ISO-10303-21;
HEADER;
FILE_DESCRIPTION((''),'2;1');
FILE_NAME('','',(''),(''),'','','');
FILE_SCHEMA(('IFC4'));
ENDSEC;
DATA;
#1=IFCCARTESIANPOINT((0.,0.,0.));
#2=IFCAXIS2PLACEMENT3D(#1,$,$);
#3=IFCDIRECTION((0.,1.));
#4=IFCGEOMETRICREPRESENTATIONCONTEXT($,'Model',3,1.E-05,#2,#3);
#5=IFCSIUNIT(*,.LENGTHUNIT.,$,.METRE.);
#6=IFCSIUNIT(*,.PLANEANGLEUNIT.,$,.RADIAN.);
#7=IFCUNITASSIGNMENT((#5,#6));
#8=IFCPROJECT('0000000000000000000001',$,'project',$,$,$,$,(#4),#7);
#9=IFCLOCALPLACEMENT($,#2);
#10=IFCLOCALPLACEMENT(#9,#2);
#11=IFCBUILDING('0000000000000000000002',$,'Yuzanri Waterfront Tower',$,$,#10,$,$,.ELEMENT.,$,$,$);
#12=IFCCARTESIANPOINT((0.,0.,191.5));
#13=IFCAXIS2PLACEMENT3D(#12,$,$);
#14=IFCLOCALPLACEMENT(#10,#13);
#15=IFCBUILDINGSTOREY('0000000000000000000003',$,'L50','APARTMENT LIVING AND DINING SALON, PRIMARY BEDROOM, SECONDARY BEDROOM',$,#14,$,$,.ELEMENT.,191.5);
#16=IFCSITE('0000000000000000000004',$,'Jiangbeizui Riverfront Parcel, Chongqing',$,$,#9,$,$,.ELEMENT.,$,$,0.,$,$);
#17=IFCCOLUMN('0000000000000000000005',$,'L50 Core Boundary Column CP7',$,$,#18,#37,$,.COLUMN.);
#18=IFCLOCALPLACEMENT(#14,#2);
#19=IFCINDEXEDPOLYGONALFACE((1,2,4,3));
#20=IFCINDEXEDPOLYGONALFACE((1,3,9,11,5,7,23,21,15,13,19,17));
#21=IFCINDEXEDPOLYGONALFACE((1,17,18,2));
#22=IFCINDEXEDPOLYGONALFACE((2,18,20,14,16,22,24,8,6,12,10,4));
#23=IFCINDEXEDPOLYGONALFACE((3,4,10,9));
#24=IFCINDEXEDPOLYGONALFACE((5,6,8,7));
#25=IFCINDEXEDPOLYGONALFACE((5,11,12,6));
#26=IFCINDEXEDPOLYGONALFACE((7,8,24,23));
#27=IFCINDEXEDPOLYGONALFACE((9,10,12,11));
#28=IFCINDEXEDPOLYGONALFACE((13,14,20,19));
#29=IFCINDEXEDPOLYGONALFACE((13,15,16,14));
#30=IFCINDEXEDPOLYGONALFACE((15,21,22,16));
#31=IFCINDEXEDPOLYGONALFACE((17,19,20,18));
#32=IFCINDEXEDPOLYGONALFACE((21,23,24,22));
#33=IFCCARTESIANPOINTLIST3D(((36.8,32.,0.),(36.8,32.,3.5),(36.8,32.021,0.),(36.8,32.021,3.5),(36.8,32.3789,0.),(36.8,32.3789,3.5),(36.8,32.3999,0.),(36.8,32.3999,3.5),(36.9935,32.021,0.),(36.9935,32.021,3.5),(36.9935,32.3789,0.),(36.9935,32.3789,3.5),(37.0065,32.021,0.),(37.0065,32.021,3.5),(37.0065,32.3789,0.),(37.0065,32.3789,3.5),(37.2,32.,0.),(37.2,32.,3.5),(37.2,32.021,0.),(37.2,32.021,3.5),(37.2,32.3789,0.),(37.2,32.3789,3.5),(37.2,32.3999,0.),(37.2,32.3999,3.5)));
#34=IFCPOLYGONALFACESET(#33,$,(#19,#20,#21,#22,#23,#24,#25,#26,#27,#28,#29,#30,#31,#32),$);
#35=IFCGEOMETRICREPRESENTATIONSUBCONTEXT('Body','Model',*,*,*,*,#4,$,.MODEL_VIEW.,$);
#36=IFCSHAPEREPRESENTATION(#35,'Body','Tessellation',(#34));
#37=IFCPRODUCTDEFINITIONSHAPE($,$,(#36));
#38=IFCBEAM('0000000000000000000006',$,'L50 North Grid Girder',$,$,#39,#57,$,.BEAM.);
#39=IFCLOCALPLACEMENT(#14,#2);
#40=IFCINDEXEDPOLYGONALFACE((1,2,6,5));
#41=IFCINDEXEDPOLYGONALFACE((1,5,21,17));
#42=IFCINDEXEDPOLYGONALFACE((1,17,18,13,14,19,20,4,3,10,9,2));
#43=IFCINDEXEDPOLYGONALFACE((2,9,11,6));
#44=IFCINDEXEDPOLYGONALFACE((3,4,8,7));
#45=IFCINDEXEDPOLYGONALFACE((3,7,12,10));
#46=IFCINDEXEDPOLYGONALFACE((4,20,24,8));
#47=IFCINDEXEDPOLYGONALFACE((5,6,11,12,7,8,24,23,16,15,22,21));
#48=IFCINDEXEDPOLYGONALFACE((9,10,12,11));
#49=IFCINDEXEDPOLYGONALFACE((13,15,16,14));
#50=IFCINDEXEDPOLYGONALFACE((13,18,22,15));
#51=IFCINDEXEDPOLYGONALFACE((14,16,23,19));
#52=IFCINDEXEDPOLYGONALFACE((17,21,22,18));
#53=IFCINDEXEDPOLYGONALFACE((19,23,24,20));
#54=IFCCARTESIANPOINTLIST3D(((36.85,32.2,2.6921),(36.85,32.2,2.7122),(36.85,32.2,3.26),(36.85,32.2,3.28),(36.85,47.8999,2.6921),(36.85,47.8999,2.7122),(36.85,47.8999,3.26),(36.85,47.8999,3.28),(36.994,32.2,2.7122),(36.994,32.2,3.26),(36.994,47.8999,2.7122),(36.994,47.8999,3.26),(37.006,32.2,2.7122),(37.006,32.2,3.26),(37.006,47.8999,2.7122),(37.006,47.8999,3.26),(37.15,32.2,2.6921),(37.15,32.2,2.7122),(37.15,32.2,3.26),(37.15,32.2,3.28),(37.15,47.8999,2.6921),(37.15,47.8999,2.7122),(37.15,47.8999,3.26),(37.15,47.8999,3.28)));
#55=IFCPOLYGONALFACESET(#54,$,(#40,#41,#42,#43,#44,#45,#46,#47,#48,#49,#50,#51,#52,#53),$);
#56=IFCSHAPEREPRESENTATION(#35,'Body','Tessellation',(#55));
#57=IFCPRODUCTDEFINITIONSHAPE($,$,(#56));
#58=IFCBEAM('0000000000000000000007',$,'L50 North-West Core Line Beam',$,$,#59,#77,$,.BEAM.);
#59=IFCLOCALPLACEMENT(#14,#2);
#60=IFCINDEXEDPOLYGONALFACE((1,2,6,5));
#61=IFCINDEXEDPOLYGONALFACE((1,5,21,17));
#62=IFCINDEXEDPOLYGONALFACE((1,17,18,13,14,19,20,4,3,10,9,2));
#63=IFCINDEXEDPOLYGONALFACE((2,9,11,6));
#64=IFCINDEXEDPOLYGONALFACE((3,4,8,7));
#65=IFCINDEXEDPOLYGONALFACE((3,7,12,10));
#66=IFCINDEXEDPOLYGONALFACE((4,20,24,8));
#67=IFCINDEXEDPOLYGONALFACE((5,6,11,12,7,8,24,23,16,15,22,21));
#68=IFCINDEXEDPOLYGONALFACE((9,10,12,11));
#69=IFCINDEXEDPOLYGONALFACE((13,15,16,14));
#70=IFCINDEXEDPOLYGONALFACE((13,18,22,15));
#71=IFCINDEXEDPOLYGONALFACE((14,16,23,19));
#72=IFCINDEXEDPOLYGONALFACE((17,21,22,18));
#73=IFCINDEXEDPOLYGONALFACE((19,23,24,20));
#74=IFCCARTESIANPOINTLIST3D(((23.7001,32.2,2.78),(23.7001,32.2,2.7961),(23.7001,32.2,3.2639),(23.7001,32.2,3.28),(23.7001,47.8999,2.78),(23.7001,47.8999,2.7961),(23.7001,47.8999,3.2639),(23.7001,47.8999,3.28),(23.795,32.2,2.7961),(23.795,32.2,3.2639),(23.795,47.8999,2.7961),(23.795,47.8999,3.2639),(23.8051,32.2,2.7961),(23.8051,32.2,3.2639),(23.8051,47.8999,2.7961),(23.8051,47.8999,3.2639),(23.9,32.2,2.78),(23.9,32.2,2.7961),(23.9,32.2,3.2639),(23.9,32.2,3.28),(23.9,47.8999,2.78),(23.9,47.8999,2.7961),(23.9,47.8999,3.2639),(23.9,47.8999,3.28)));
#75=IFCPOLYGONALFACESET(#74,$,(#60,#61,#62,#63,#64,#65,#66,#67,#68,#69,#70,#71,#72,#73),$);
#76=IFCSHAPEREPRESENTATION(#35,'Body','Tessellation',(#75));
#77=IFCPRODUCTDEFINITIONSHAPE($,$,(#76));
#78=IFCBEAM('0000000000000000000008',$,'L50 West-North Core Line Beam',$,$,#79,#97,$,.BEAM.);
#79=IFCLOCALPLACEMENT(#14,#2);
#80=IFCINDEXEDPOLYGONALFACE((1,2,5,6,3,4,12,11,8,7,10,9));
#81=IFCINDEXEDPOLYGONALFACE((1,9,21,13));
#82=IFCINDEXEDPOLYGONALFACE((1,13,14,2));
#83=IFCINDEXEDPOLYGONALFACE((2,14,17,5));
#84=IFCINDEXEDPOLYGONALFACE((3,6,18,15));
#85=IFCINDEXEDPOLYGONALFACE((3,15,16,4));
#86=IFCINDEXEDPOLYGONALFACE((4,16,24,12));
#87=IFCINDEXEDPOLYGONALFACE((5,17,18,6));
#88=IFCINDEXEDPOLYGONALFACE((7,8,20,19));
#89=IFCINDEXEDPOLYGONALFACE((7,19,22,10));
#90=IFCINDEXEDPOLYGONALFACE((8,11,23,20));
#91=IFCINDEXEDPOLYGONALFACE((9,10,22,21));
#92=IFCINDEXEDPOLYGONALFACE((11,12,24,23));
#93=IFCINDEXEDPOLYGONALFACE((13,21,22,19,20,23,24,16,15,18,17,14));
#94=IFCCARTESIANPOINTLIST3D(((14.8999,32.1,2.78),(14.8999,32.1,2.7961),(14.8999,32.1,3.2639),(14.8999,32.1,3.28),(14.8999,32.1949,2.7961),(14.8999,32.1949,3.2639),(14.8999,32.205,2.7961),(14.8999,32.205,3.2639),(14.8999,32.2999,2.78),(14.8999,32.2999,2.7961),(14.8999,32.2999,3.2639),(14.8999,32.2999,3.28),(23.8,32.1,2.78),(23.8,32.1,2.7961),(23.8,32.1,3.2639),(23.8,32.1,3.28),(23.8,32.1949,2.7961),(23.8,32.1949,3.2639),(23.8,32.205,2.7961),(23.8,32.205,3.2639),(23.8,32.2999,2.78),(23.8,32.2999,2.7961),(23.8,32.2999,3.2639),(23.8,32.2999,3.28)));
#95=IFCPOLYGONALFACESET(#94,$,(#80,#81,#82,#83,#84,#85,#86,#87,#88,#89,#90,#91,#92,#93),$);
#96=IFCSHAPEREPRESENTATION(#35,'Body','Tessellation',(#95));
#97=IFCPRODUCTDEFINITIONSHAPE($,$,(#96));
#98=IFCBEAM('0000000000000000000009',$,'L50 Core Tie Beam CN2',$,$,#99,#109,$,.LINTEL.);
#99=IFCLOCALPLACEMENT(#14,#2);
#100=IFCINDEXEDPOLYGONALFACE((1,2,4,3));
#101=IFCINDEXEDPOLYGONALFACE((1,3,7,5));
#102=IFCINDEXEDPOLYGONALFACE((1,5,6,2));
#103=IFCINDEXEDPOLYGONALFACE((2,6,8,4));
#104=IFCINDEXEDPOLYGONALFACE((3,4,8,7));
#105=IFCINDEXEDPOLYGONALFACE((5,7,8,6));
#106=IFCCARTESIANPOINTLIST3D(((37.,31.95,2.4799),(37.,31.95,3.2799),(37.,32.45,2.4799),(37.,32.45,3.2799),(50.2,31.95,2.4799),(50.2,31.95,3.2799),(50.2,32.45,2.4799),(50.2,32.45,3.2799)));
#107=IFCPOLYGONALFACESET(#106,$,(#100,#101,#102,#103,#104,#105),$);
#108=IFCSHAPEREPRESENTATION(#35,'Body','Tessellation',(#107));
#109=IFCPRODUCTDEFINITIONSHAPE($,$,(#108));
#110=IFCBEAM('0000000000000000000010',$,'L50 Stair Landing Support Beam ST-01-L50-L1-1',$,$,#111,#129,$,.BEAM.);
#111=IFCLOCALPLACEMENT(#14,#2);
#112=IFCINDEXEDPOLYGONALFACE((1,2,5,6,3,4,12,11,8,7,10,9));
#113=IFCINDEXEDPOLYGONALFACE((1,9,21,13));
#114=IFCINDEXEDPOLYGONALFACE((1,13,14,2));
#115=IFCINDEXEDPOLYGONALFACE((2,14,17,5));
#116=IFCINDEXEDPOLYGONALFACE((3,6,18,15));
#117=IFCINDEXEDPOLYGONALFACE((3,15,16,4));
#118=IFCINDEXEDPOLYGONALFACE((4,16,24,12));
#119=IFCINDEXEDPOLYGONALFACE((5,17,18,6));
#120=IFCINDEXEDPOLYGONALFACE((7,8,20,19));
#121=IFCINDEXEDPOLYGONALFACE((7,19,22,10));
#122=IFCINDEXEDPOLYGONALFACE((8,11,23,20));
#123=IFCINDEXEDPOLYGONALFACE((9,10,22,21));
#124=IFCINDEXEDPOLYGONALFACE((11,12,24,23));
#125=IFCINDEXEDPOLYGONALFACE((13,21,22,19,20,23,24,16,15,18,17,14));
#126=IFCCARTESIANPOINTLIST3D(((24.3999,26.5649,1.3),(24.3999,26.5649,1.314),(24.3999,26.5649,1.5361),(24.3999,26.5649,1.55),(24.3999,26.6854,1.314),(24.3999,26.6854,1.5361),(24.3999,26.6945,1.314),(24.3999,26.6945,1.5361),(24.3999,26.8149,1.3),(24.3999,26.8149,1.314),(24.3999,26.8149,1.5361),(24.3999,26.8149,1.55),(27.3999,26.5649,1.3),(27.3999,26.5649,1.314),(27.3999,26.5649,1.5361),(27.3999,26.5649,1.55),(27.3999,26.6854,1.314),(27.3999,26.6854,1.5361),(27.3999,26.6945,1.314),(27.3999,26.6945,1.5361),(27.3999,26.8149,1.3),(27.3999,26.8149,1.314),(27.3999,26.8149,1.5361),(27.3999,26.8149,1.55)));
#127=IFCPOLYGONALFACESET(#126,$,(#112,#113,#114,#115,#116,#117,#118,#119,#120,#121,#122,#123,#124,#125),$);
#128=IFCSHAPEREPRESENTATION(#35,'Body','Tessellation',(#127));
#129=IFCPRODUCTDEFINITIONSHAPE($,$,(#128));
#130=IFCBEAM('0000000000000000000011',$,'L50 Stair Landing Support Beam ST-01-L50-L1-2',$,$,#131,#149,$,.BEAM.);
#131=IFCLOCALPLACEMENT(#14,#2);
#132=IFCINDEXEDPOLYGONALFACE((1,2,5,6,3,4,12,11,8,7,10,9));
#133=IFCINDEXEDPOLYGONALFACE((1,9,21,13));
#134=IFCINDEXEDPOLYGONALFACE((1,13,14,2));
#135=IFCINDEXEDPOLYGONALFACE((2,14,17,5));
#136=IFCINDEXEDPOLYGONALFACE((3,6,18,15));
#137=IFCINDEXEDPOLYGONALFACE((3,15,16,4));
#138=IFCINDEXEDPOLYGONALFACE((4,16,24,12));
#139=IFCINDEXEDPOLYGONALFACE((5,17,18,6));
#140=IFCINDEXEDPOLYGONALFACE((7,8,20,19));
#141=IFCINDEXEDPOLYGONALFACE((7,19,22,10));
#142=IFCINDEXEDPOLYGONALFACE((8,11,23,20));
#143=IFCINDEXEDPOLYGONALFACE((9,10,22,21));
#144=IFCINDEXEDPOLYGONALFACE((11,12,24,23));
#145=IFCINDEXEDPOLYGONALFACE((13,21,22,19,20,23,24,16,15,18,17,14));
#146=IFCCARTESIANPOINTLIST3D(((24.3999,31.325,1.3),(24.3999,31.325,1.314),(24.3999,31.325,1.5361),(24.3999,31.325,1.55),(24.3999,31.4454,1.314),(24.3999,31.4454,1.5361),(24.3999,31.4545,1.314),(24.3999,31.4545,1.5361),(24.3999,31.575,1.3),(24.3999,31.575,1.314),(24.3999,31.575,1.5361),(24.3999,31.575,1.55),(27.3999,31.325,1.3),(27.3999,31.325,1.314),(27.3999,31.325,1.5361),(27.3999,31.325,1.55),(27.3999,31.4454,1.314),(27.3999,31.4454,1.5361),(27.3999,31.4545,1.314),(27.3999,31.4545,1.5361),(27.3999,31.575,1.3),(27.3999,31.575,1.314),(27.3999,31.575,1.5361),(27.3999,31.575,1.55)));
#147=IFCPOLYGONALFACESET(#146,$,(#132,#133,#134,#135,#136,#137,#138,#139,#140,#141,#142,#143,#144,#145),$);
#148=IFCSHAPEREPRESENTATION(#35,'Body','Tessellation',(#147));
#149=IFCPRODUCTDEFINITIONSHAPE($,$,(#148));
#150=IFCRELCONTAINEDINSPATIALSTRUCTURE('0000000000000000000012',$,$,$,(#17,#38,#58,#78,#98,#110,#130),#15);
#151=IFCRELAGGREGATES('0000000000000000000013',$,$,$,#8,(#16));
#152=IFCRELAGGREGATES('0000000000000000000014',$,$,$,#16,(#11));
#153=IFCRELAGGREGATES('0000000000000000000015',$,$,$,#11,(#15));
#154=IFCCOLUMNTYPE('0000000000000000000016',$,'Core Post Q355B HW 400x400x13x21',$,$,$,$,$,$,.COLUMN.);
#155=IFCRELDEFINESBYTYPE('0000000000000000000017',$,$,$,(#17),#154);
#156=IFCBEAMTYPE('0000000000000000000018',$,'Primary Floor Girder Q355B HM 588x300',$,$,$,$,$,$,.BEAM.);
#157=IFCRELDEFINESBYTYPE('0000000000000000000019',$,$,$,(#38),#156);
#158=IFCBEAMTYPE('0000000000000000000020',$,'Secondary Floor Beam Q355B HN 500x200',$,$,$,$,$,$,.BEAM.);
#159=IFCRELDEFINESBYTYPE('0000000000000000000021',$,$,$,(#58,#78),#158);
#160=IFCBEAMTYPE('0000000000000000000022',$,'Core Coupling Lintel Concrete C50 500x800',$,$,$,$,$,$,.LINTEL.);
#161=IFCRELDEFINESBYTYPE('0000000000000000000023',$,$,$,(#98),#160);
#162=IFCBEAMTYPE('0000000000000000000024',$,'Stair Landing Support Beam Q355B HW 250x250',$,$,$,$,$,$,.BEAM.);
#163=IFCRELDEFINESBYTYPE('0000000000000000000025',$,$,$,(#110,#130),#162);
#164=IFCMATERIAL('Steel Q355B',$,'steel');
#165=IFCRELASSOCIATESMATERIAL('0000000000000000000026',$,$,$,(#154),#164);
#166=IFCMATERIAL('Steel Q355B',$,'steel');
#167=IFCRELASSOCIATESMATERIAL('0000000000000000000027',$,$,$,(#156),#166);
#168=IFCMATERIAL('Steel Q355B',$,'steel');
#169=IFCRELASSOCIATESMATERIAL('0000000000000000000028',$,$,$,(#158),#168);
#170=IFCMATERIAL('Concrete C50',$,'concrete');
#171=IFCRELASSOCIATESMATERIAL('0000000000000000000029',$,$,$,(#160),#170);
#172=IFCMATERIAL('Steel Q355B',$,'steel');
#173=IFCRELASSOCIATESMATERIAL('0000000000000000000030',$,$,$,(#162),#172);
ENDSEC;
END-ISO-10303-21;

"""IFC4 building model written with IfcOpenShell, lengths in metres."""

from ifc_helpers import new_model, si_unit, direction, frame, origin, origin_2d, place, context, subcontext, project, spatial, rectangle, i_section, extrude, source, transform, mapped, material, material_profile, profile_set, type_object, element, save


model = new_model("IFC4")

# Units and contexts
model_context = context("Model", 3, precision=1e-05, world=origin(), true_north=direction((0.0, 1.0)))
body_context = subcontext(model_context, "Body", "Model", "MODEL_VIEW")
ifc_project = project(units=[si_unit("LENGTHUNIT", "METRE"), si_unit("PLANEANGLEUNIT", "RADIAN")], contexts=[model_context])

# Site, building, storey
site_placement = place(None, origin())
site = spatial("IfcSite", under=ifc_project, at=site_placement, Name="Jiangbeizui Riverfront Parcel, Chongqing", CompositionType="ELEMENT", RefElevation=0.0)
building_placement = place(site_placement, origin())
building = spatial("IfcBuilding", under=site, at=building_placement, Name="Yuzanri Waterfront Tower", CompositionType="ELEMENT")
storey_placement = place(building_placement, frame((0.0, 0.0, 191.5)))
storey = spatial("IfcBuildingStorey", under=building, at=storey_placement, Name="L50", Description="APARTMENT LIVING AND DINING SALON, PRIMARY BEDROOM, SECONDARY BEDROOM", CompositionType="ELEMENT", Elevation=191.5)

# Column
ifc_material_1 = material(Name="Steel Q355B", Category="steel")
ifc_material_profile_1 = material_profile(ifc_material_1, i_section(OverallWidth=0.3999, OverallDepth=0.3999, WebThickness=0.0129, FlangeThickness=0.021, at=origin_2d()), Name="HW 400x400x13x21")
ifc_profile_set_1 = profile_set([ifc_material_profile_1], Name="Steel Q355B")
column_type = type_object("IfcColumnType", Name="Core Post Q355B HW 400x400x13x21", PredefinedType="COLUMN", material=ifc_profile_set_1)
shared_shape_1 = source(origin(), body_context, "Body", "SweptSolid", [
    extrude(i_section(OverallWidth=0.3999, OverallDepth=0.3999, WebThickness=0.0129, FlangeThickness=0.021, at=origin_2d()), origin(), (0.0, 0.0, 1.0), 3.5),
])
column_placement = place(storey_placement, frame((37.0, 32.2, 0.0), z_axis=(0.0, 0.0, 1.0), x_axis=(1.0, 0.0, 0.0)))
element("IfcColumn", 1, at=column_placement, inside=storey, type_object=column_type, Name="L50 Core Boundary Column CP7", PredefinedType="COLUMN", context=body_context, shape_type="MappedRepresentation", body=[
    mapped(shared_shape_1, transform((0.0, 0.0, 0.0), scale=1.0)),
])

# Beams
ifc_material_2 = material(Name="Steel Q355B", Category="steel")
ifc_material_profile_2 = material_profile(ifc_material_2, i_section(OverallWidth=0.3, OverallDepth=0.5879, WebThickness=0.012, FlangeThickness=0.02, at=origin_2d()), Name="HM 588x300x12x20")
ifc_profile_set_2 = profile_set([ifc_material_profile_2], Name="Steel Q355B")
beam_type_1 = type_object("IfcBeamType", Name="Primary Floor Girder Q355B HM 588x300", PredefinedType="BEAM", material=ifc_profile_set_2)
shared_shape_2 = source(origin(), body_context, "Body", "SweptSolid", [
    extrude(i_section(OverallWidth=0.3, OverallDepth=0.5879, WebThickness=0.012, FlangeThickness=0.02, at=origin_2d()), origin(), (0.0, 0.0, 1.0), 15.7),
])
beam_1_placement = place(storey_placement, frame((37.0, 32.2, 2.9861), z_axis=(0.0, 1.0, 0.0), x_axis=(-1.0, 0.0, 0.0)))
element("IfcBeam", 2, at=beam_1_placement, inside=storey, type_object=beam_type_1, Name="L50 North Grid Girder", PredefinedType="BEAM", context=body_context, shape_type="MappedRepresentation", body=[
    mapped(shared_shape_2, transform((0.0, 0.0, 0.0), scale=1.0)),
])
ifc_material_3 = material(Name="Steel Q355B", Category="steel")
ifc_material_profile_3 = material_profile(ifc_material_3, i_section(OverallWidth=0.2, OverallDepth=0.5, WebThickness=0.01, FlangeThickness=0.0161, at=origin_2d()), Name="HN 500x200x10x16")
ifc_profile_set_3 = profile_set([ifc_material_profile_3], Name="Steel Q355B")
beam_type_2 = type_object("IfcBeamType", Name="Secondary Floor Beam Q355B HN 500x200", PredefinedType="BEAM", material=ifc_profile_set_3)
shared_shape_3 = source(origin(), body_context, "Body", "SweptSolid", [
    extrude(i_section(OverallWidth=0.2, OverallDepth=0.5, WebThickness=0.01, FlangeThickness=0.0161, at=origin_2d()), origin(), (0.0, 0.0, 1.0), 15.7),
])
beam_2_placement = place(storey_placement, frame((23.8, 32.2, 3.03), z_axis=(0.0, 1.0, 0.0), x_axis=(-1.0, 0.0, 0.0)))
element("IfcBeam", 3, at=beam_2_placement, inside=storey, type_object=beam_type_2, Name="L50 North-West Core Line Beam", PredefinedType="BEAM", context=body_context, shape_type="MappedRepresentation", body=[
    mapped(shared_shape_3, transform((0.0, 0.0, 0.0), scale=1.0)),
])
shared_shape_4 = source(origin(), body_context, "Body", "SweptSolid", [
    extrude(i_section(OverallWidth=0.2, OverallDepth=0.5, WebThickness=0.01, FlangeThickness=0.0161, at=origin_2d()), origin(), (0.0, 0.0, 1.0), 8.9001),
])
beam_3_placement = place(storey_placement, frame((23.8, 32.2, 3.03), z_axis=(-1.0, 0.0, 0.0), x_axis=(0.0, -1.0, 0.0)))
element("IfcBeam", 4, at=beam_3_placement, inside=storey, type_object=beam_type_2, Name="L50 West-North Core Line Beam", PredefinedType="BEAM", context=body_context, shape_type="MappedRepresentation", body=[
    mapped(shared_shape_4, transform((0.0, 0.0, 0.0), scale=1.0)),
])
ifc_material_4 = material(Name="Concrete C50", Category="concrete")
ifc_material_profile_4 = material_profile(ifc_material_4, rectangle(XDim=0.5, YDim=0.8, at=origin_2d()), Name="RC 500x800")
ifc_profile_set_4 = profile_set([ifc_material_profile_4], Name="Concrete C50")
beam_type_3 = type_object("IfcBeamType", Name="Core Coupling Lintel Concrete C50 500x800", PredefinedType="LINTEL", material=ifc_profile_set_4)
shared_shape_5 = source(origin(), body_context, "Body", "SweptSolid", [
    extrude(rectangle(XDim=0.5, YDim=0.8, at=origin_2d()), origin(), (0.0, 0.0, 1.0), 13.2),
])
beam_4_placement = place(storey_placement, frame((37.0, 32.2, 2.8799), z_axis=(1.0, 0.0, 0.0), x_axis=(0.0, 1.0, 0.0)))
element("IfcBeam", 5, at=beam_4_placement, inside=storey, type_object=beam_type_3, Name="L50 Core Tie Beam CN2", PredefinedType="LINTEL", context=body_context, shape_type="MappedRepresentation", body=[
    mapped(shared_shape_5, transform((0.0, 0.0, 0.0), scale=1.0)),
])
ifc_material_5 = material(Name="Steel Q355B", Category="steel")
ifc_material_profile_5 = material_profile(ifc_material_5, i_section(OverallWidth=0.25, OverallDepth=0.25, WebThickness=0.009, FlangeThickness=0.0139, at=origin_2d()), Name="HW 250x250x9x14")
ifc_profile_set_5 = profile_set([ifc_material_profile_5], Name="Steel Q355B")
beam_type_4 = type_object("IfcBeamType", Name="Stair Landing Support Beam Q355B HW 250x250", PredefinedType="BEAM", material=ifc_profile_set_5)
shared_shape_6 = source(origin(), body_context, "Body", "SweptSolid", [
    extrude(i_section(OverallWidth=0.25, OverallDepth=0.25, WebThickness=0.009, FlangeThickness=0.0139, at=origin_2d()), origin(), (0.0, 0.0, 1.0), 3.0),
])
for number, where, z_axis, x_axis, name in (
    (6, (24.3999, 26.6899, 1.425), (1.0, 0.0, 0.0), (0.0, 1.0, 0.0), "L50 Stair Landing Support Beam ST-01-L50-L1-1"),
    (7, (24.3999, 31.45, 1.425), (1.0, 0.0, 0.0), (0.0, 1.0, 0.0), "L50 Stair Landing Support Beam ST-01-L50-L1-2"),
):
    element("IfcBeam", number, at=place(storey_placement, frame(where, z_axis=z_axis, x_axis=x_axis)), inside=storey, type_object=beam_type_4, Name=name, PredefinedType="BEAM", context=body_context, shape_type="MappedRepresentation", body=[
        mapped(shared_shape_6, transform((0.0, 0.0, 0.0), scale=1.0)),
    ])

save(model, "model.ifc")
